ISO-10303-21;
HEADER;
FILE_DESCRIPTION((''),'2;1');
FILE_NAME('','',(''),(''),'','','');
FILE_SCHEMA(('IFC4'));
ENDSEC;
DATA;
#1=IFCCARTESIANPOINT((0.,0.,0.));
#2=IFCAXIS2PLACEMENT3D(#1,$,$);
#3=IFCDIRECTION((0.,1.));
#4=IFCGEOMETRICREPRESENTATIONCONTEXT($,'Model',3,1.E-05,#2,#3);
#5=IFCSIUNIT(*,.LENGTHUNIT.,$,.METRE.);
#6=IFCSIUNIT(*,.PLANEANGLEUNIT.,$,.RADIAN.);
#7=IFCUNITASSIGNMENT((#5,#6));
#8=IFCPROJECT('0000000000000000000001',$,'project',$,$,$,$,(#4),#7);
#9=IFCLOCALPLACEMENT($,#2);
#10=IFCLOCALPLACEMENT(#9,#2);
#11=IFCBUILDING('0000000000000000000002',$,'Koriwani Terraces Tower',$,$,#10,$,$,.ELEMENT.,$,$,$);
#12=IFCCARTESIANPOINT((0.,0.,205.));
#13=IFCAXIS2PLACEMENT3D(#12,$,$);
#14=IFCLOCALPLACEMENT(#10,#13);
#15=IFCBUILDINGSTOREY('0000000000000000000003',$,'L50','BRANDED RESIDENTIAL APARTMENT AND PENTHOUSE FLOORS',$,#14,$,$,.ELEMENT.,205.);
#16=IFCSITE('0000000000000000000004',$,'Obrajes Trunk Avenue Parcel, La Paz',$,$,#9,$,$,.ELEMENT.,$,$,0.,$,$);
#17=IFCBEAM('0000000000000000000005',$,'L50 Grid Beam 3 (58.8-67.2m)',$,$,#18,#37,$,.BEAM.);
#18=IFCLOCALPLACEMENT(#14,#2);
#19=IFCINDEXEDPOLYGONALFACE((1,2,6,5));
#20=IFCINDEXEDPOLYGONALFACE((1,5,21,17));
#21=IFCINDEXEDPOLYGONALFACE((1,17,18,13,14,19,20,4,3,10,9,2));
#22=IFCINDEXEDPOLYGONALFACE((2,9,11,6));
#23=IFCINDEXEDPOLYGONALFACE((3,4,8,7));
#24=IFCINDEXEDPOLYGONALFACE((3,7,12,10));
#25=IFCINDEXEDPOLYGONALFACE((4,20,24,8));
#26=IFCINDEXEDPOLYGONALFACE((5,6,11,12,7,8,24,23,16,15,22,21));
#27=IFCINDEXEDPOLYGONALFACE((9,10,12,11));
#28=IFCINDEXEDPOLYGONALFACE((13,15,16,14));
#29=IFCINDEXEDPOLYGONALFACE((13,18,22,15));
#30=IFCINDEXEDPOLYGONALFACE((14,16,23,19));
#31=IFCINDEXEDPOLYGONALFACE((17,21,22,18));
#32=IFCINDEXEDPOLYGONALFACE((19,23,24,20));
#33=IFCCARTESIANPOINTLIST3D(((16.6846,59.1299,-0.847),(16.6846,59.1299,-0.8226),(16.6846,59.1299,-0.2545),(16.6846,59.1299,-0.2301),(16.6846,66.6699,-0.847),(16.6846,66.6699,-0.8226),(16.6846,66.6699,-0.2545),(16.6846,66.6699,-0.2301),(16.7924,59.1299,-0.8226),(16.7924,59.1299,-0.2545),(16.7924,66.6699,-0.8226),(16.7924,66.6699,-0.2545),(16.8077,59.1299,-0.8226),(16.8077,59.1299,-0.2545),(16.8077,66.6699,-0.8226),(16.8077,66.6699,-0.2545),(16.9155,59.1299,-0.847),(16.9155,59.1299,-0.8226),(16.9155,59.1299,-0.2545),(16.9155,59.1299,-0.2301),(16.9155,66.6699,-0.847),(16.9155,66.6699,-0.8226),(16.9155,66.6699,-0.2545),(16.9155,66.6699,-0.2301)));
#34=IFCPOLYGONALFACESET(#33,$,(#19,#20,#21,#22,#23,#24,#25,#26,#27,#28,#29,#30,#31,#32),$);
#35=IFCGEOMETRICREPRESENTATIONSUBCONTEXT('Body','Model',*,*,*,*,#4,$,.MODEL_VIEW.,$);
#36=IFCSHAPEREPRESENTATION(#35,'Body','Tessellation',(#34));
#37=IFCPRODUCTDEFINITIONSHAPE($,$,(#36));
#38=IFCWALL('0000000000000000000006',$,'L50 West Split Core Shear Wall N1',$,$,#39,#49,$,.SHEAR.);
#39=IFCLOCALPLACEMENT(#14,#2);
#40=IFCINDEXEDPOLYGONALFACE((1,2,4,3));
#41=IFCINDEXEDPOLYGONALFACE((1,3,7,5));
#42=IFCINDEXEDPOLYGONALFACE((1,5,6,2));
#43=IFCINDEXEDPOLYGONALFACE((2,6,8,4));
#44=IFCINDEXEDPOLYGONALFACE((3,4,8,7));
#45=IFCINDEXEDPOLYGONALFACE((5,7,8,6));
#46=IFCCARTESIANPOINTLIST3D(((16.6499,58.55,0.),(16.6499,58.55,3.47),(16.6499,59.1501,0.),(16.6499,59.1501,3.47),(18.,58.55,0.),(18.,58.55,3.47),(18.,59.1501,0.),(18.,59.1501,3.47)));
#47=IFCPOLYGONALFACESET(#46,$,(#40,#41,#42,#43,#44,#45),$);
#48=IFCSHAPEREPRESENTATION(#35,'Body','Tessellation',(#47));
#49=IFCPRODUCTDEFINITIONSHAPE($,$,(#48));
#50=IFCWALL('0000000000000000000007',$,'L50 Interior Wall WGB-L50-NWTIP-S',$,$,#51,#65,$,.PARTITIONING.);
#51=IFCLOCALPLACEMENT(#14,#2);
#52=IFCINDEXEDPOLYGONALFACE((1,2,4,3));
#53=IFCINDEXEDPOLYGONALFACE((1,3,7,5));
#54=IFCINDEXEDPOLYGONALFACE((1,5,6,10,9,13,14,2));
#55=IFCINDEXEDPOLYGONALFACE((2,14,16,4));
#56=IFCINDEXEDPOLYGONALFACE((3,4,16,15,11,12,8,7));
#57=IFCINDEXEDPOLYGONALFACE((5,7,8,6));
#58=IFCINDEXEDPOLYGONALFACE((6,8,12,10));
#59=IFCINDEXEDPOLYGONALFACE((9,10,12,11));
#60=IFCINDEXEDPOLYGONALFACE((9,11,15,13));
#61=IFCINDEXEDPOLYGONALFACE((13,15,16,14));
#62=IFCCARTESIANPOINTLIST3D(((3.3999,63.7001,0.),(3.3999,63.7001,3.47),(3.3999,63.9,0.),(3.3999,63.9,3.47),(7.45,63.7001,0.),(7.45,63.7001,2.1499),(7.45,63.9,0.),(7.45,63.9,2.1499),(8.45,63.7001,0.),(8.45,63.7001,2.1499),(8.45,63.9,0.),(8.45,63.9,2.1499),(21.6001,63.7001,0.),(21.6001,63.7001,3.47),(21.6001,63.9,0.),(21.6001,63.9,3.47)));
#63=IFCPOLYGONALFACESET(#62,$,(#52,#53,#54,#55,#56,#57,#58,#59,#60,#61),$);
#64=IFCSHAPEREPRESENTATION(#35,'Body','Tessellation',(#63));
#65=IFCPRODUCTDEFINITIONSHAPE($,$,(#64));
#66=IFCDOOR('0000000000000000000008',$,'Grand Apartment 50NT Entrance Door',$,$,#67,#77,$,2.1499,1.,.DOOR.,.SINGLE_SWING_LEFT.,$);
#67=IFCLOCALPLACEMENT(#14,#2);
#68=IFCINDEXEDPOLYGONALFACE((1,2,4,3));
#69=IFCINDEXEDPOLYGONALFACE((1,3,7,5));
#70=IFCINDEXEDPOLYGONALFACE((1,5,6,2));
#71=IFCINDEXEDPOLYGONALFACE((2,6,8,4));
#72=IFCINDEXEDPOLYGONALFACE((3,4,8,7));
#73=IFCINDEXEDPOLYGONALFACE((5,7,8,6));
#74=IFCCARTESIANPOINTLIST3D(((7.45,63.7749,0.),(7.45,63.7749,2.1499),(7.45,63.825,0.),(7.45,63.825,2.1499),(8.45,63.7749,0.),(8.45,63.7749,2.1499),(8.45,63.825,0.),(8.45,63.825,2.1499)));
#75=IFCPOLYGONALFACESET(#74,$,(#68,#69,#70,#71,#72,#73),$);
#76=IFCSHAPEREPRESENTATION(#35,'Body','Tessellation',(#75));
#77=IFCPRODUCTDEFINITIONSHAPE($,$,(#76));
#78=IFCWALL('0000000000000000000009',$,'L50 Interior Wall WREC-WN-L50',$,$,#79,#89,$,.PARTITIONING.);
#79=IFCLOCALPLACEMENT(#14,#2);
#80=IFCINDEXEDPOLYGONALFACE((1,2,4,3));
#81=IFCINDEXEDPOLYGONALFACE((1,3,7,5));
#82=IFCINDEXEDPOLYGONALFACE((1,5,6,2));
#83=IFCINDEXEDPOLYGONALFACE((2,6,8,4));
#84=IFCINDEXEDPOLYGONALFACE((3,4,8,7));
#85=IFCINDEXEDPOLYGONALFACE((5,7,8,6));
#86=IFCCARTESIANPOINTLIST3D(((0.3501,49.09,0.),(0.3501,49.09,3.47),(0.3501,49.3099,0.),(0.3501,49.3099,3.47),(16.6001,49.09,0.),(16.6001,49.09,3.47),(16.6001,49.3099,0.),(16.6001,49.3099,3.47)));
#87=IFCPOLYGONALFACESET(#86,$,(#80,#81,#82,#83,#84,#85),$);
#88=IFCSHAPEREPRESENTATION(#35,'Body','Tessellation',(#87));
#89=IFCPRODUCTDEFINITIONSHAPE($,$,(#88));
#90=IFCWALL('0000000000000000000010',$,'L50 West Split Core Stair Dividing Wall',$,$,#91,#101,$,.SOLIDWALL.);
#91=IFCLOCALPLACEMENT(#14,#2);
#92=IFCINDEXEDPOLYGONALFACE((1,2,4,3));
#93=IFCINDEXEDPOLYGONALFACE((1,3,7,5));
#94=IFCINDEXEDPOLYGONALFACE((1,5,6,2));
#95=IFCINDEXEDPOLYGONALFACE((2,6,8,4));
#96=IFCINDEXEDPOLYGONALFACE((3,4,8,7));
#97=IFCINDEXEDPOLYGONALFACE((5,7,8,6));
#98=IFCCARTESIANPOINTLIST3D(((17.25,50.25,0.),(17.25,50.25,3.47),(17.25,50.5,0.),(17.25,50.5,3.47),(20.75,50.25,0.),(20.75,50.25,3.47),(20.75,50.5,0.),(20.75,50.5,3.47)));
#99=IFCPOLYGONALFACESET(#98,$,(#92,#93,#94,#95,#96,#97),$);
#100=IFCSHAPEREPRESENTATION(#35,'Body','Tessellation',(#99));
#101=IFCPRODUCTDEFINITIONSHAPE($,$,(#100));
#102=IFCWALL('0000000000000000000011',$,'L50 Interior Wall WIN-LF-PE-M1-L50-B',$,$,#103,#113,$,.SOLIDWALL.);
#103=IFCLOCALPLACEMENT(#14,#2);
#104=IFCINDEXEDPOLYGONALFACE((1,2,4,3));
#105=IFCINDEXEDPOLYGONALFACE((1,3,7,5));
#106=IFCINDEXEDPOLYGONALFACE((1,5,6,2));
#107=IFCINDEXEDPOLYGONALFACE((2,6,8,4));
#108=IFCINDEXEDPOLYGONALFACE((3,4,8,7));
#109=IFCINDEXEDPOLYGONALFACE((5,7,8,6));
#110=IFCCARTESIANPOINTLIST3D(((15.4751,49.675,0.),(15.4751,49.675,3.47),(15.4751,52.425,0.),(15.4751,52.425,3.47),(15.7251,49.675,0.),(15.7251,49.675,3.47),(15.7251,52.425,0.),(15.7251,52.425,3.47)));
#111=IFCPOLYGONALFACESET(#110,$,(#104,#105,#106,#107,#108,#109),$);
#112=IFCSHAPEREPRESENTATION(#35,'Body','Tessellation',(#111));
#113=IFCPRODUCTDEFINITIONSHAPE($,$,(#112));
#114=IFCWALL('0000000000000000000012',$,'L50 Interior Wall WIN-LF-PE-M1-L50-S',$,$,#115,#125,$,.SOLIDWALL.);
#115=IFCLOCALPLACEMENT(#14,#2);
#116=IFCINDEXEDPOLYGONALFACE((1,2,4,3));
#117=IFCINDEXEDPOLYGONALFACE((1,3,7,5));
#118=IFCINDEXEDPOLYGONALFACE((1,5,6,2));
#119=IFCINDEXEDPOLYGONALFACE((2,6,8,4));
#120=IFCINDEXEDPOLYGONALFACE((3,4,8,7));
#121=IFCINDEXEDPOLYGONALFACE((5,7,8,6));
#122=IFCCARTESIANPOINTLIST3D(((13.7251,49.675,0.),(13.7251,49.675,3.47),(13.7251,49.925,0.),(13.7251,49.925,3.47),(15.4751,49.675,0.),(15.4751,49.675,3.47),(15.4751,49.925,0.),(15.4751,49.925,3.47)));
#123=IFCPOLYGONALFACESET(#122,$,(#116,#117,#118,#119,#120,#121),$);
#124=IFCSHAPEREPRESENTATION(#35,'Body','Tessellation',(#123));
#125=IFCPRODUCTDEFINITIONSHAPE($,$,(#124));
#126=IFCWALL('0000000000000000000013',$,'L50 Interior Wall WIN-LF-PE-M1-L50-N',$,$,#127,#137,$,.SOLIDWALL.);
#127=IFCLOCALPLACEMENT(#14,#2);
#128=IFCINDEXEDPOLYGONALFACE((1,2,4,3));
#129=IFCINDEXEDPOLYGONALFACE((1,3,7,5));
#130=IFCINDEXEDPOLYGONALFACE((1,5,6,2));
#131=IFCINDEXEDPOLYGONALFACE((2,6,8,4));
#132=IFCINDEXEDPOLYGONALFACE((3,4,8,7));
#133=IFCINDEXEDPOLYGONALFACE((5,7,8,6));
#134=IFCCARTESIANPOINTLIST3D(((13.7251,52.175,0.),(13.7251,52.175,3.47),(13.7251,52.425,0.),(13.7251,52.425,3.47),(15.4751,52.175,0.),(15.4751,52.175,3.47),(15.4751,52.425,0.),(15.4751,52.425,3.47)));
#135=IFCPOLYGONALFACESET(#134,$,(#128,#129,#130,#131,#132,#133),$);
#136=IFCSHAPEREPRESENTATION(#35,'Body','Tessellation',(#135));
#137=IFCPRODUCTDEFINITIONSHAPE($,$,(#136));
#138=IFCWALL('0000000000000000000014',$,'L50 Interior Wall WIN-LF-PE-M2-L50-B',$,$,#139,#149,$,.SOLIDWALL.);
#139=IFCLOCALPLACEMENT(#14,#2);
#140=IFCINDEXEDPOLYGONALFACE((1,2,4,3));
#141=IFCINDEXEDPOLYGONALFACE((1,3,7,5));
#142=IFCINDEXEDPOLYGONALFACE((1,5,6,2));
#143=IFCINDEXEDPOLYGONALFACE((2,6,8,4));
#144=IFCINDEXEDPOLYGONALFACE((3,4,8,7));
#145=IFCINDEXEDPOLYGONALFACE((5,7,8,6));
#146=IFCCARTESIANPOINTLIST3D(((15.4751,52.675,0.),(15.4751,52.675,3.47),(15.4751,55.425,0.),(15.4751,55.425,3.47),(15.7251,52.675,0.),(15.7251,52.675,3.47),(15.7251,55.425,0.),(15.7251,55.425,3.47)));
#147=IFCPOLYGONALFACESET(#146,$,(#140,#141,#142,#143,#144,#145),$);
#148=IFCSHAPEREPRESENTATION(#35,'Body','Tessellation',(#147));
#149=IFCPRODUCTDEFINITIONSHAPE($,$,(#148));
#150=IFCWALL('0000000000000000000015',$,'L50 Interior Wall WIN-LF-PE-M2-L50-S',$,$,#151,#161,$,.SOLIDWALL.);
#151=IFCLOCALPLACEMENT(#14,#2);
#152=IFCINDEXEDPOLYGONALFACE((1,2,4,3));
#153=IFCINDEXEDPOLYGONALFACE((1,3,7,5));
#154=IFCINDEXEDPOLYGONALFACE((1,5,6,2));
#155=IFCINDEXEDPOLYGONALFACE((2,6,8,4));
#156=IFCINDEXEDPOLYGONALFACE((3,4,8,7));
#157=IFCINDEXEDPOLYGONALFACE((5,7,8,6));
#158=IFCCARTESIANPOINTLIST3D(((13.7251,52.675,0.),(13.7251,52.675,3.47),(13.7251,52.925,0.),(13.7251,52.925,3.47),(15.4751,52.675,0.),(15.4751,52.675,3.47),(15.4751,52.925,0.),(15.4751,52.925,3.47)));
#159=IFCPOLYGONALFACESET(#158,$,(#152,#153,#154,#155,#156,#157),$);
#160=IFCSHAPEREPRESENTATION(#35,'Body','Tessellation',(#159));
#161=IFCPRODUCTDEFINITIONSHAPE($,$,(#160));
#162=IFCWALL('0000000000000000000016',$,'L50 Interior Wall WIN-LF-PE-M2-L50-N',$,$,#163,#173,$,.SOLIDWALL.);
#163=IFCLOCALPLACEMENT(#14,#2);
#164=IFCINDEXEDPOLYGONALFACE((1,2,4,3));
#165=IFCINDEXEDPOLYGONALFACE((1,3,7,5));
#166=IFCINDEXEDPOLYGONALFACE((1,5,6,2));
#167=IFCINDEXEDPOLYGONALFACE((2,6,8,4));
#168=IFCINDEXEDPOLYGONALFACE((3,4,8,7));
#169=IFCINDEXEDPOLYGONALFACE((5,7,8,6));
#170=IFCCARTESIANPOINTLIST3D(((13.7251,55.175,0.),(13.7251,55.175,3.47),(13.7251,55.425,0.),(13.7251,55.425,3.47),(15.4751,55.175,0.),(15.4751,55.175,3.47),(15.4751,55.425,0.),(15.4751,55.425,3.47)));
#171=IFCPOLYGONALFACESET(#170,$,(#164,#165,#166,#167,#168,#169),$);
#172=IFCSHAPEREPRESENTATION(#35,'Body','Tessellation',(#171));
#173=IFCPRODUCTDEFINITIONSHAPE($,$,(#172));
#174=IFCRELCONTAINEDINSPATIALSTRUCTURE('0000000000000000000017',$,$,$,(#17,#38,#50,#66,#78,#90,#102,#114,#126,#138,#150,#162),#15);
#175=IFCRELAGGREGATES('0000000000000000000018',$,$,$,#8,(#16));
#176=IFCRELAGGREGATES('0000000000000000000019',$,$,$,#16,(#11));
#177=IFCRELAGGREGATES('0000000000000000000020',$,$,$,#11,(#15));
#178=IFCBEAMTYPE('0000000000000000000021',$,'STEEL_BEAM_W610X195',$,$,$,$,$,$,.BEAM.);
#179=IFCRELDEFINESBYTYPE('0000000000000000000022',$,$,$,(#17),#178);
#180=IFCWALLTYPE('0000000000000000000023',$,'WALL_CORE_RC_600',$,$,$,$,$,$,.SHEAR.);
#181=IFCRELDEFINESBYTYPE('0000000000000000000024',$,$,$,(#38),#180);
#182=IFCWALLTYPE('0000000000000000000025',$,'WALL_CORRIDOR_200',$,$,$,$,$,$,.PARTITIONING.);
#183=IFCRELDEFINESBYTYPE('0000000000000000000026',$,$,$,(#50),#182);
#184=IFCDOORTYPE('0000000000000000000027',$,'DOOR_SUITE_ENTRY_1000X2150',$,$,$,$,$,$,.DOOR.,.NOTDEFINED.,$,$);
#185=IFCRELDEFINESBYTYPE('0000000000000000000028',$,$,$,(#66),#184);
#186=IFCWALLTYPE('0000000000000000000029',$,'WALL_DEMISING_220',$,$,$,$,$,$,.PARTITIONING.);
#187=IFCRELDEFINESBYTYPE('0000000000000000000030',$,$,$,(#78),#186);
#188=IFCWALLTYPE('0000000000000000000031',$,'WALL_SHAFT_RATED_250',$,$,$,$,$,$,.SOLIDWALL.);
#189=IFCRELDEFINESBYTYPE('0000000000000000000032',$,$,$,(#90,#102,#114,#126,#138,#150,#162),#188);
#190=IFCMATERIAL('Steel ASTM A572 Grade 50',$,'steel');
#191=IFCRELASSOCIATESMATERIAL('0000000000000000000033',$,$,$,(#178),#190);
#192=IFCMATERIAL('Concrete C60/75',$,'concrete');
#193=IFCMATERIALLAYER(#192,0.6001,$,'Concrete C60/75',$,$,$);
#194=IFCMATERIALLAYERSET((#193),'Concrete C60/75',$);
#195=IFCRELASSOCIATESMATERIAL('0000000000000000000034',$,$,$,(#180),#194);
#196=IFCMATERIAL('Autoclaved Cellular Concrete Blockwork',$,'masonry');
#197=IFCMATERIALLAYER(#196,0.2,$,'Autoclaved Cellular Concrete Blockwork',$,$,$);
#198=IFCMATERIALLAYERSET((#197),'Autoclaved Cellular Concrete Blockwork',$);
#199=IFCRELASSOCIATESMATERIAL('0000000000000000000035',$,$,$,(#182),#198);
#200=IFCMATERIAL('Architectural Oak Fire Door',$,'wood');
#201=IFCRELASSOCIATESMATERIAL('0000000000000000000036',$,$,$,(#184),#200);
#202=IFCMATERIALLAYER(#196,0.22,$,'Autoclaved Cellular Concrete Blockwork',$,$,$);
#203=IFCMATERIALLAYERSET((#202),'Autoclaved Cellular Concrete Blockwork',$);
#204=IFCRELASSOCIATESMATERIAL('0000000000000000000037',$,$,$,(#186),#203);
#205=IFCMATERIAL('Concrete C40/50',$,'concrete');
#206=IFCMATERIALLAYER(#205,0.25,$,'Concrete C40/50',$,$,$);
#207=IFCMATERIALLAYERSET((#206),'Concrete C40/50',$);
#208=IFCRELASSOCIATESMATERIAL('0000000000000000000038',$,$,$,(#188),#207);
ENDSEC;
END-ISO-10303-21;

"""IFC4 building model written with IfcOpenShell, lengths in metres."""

from ifc_helpers import new_model, si_unit, direction, frame, frame_2d, origin, origin_2d, place, context, subcontext, project, spatial, rectangle, i_section, extrude, material, layer, layer_set, material_profile, profile_set, type_object, element, fill, save


model = new_model("IFC4")

# Units and contexts
model_context = context("Model", 3, precision=1e-05, world=origin(), true_north=direction((0.0, 1.0)))
body_context = subcontext(model_context, "Body", "Model", "MODEL_VIEW")
ifc_project = project(units=[si_unit("LENGTHUNIT", "METRE"), si_unit("PLANEANGLEUNIT", "RADIAN")], contexts=[model_context])

# Site, building, storey
site_placement = place(None, origin())
site = spatial("IfcSite", under=ifc_project, at=site_placement, Name="Obrajes Trunk Avenue Parcel, La Paz", CompositionType="ELEMENT", RefElevation=0.0)
building_placement = place(site_placement, origin())
building = spatial("IfcBuilding", under=site, at=building_placement, Name="Koriwani Terraces Tower", CompositionType="ELEMENT")
storey_placement = place(building_placement, frame((0.0, 0.0, 205.0)))
storey = spatial("IfcBuildingStorey", under=building, at=storey_placement, Name="L50", Description="BRANDED RESIDENTIAL APARTMENT AND PENTHOUSE FLOORS", CompositionType="ELEMENT", Elevation=205.0)

# Beam
ifc_material_1 = material(Name="Concrete C40/50", Category="concrete")
ifc_material_2 = material(Name="Steel ASTM A572 Grade 50", Category="steel")
ifc_material_profile_1 = material_profile(ifc_material_2, i_section(OverallWidth=0.231, OverallDepth=0.6169, WebThickness=0.0154, FlangeThickness=0.0244, at=origin_2d()), Name="Steel ASTM A572 Grade 50", Category="LoadBearing")
ifc_profile_set_1 = profile_set([ifc_material_profile_1], Name="Steel ASTM A572 Grade 50")
beam_type_1 = type_object("IfcBeamType", Name="STEEL_BEAM_W610X195", PredefinedType="BEAM", material=ifc_profile_set_1)
beam_1_placement = place(storey_placement, frame((16.8, 59.1299, -0.5386), z_axis=(0.0, 1.0, 0.0), x_axis=(-1.0, 0.0, 0.0)))
element("IfcBeam", 1, at=beam_1_placement, inside=storey, type_object=beam_type_1, Name="L50 Grid Beam 3 (58.8-67.2m)", PredefinedType="BEAM", context=body_context, shape_type="SweptSolid", body=[
    extrude(i_section(OverallWidth=0.231, OverallDepth=0.6169, WebThickness=0.0154, FlangeThickness=0.0244, at=origin_2d()), origin(), (0.0, 0.0, 1.0), 7.54),
])

# Wall
ifc_material_3 = material(Name="Concrete C60/75", Category="concrete")
ifc_layer_1 = layer(ifc_material_3, 0.6001, Name="Concrete C60/75")
ifc_layer_set_1 = layer_set([ifc_layer_1], Name="Concrete C60/75")
wall_type_1 = type_object("IfcWallType", Name="WALL_CORE_RC_600", PredefinedType="SHEAR", material=ifc_layer_set_1)
wall_1_placement = place(storey_placement, frame((16.6499, 58.8501, 0.0), z_axis=(0.0, 0.0, 1.0), x_axis=(1.0, 0.0, 0.0)))
element("IfcWall", 2, at=wall_1_placement, inside=storey, type_object=wall_type_1, Name="L50 West Split Core Shear Wall N1", PredefinedType="SHEAR", context=body_context, shape_type="SweptSolid", body=[
    extrude(rectangle(XDim=1.3501, YDim=0.6001, at=frame_2d((0.675, 0.0))), origin(), (0.0, 0.0, 1.0), 3.47),
])

# Wall, opening, door
ifc_material_4 = material(Name="Autoclaved Cellular Concrete Blockwork", Category="masonry")
ifc_layer_2 = layer(ifc_material_4, 0.2, Name="Autoclaved Cellular Concrete Blockwork")
ifc_layer_set_2 = layer_set([ifc_layer_2], Name="Autoclaved Cellular Concrete Blockwork")
wall_type_2 = type_object("IfcWallType", Name="WALL_CORRIDOR_200", PredefinedType="PARTITIONING", material=ifc_layer_set_2)
wall_2_placement = place(storey_placement, frame((3.3999, 63.8, 0.0), z_axis=(0.0, 0.0, 1.0), x_axis=(1.0, 0.0, 0.0)))
wall_2 = element("IfcWall", 3, at=wall_2_placement, inside=storey, type_object=wall_type_2, Name="L50 Interior Wall WGB-L50-NWTIP-S", PredefinedType="PARTITIONING", context=body_context, shape_type="SweptSolid", body=[
    extrude(rectangle(XDim=18.2002, YDim=0.2, at=frame_2d((9.1001, 0.0))), origin(), (0.0, 0.0, 1.0), 3.47),
])
opening_1_placement = place(wall_2_placement, frame((4.05, 0.0, 0.0)))
opening_1 = element("IfcOpeningElement", 4, at=opening_1_placement, cuts=wall_2, PredefinedType="OPENING", context=body_context, shape_type="SweptSolid", body=[
    extrude(rectangle(XDim=1.0, YDim=2.1499, at=frame_2d((0.5, 1.075))), frame((0.0, 0.1099, 0.0), z_axis=(0.0, -1.0, 0.0), x_axis=(1.0, 0.0, 0.0)), (0.0, 0.0, 1.0), 0.22),
])
ifc_material_5 = material(Name="Architectural Oak Fire Door", Category="wood")
door_type_1 = type_object("IfcDoorType", Name="DOOR_SUITE_ENTRY_1000X2150", OperationType="NOTDEFINED", PredefinedType="DOOR", material=ifc_material_5)
door_1_placement = place(opening_1_placement, origin())
door_1 = element("IfcDoor", 5, at=door_1_placement, inside=storey, type_object=door_type_1, Name="Grand Apartment 50NT Entrance Door", OperationType="SINGLE_SWING_LEFT", OverallHeight=2.1499, OverallWidth=1.0, PredefinedType="DOOR", context=body_context, shape_type="SweptSolid", body=[
    extrude(rectangle(XDim=1.0, YDim=2.1499, at=frame_2d((0.5, 1.075))), frame((0.0, 0.0249, 0.0), z_axis=(0.0, -1.0, 0.0), x_axis=(1.0, 0.0, 0.0)), (0.0, 0.0, 1.0), 0.05),
])
fill(opening_1, door_1)

# Walls
ifc_layer_3 = layer(ifc_material_4, 0.22, Name="Autoclaved Cellular Concrete Blockwork")
ifc_layer_set_3 = layer_set([ifc_layer_3], Name="Autoclaved Cellular Concrete Blockwork")
wall_type_3 = type_object("IfcWallType", Name="WALL_DEMISING_220", PredefinedType="PARTITIONING", material=ifc_layer_set_3)
wall_3_placement = place(storey_placement, frame((0.3501, 49.2, 0.0), z_axis=(0.0, 0.0, 1.0), x_axis=(1.0, 0.0, 0.0)))
element("IfcWall", 6, at=wall_3_placement, inside=storey, type_object=wall_type_3, Name="L50 Interior Wall WREC-WN-L50", PredefinedType="PARTITIONING", context=body_context, shape_type="SweptSolid", body=[
    extrude(rectangle(XDim=16.25, YDim=0.22, at=frame_2d((8.125, 0.0))), origin(), (0.0, 0.0, 1.0), 3.47),
])
ifc_layer_4 = layer(ifc_material_1, 0.25, Name="Concrete C40/50")
ifc_layer_set_4 = layer_set([ifc_layer_4], Name="Concrete C40/50")
wall_type_4 = type_object("IfcWallType", Name="WALL_SHAFT_RATED_250", PredefinedType="SOLIDWALL", material=ifc_layer_set_4)
wall_4_placement = place(storey_placement, frame((17.25, 50.375, 0.0), z_axis=(0.0, 0.0, 1.0), x_axis=(1.0, 0.0, 0.0)))
element("IfcWall", 7, at=wall_4_placement, inside=storey, type_object=wall_type_4, Name="L50 West Split Core Stair Dividing Wall", PredefinedType="SOLIDWALL", context=body_context, shape_type="SweptSolid", body=[
    extrude(rectangle(XDim=3.5, YDim=0.25, at=frame_2d((1.75, 0.0))), origin(), (0.0, 0.0, 1.0), 3.47),
])

# Walls
wall_5_placement = place(storey_placement, frame((15.6001, 49.675, 0.0), z_axis=(0.0, 0.0, 1.0), x_axis=(0.0, 1.0, 0.0)))
element("IfcWall", 8, at=wall_5_placement, inside=storey, type_object=wall_type_4, Name="L50 Interior Wall WIN-LF-PE-M1-L50-B", PredefinedType="SOLIDWALL", context=body_context, shape_type="SweptSolid", body=[
    extrude(rectangle(XDim=2.75, YDim=0.25, at=frame_2d((1.375, 0.0))), origin(), (0.0, 0.0, 1.0), 3.47),
])
for number, where, z_axis, x_axis, name in (
    (9, (13.7251, 49.8, 0.0), (0.0, 0.0, 1.0), (1.0, 0.0, 0.0), "L50 Interior Wall WIN-LF-PE-M1-L50-S"),
    (10, (13.7251, 52.3, 0.0), (0.0, 0.0, 1.0), (1.0, 0.0, 0.0), "L50 Interior Wall WIN-LF-PE-M1-L50-N"),
):
    element("IfcWall", number, at=place(storey_placement, frame(where, z_axis=z_axis, x_axis=x_axis)), inside=storey, type_object=wall_type_4, Name=name, PredefinedType="SOLIDWALL", context=body_context, shape_type="SweptSolid", body=[
        extrude(rectangle(XDim=1.75, YDim=0.25, at=frame_2d((0.875, 0.0))), origin(), (0.0, 0.0, 1.0), 3.47),
    ])

# Walls
wall_6_placement = place(storey_placement, frame((15.6001, 52.675, 0.0), z_axis=(0.0, 0.0, 1.0), x_axis=(0.0, 1.0, 0.0)))
element("IfcWall", 11, at=wall_6_placement, inside=storey, type_object=wall_type_4, Name="L50 Interior Wall WIN-LF-PE-M2-L50-B", PredefinedType="SOLIDWALL", context=body_context, shape_type="SweptSolid", body=[
    extrude(rectangle(XDim=2.75, YDim=0.25, at=frame_2d((1.375, 0.0))), origin(), (0.0, 0.0, 1.0), 3.47),
])
for number, where, z_axis, x_axis, name in (
    (12, (13.7251, 52.8, 0.0), (0.0, 0.0, 1.0), (1.0, 0.0, 0.0), "L50 Interior Wall WIN-LF-PE-M2-L50-S"),
    (13, (13.7251, 55.3, 0.0), (0.0, 0.0, 1.0), (1.0, 0.0, 0.0), "L50 Interior Wall WIN-LF-PE-M2-L50-N"),
):
    element("IfcWall", number, at=place(storey_placement, frame(where, z_axis=z_axis, x_axis=x_axis)), inside=storey, type_object=wall_type_4, Name=name, PredefinedType="SOLIDWALL", context=body_context, shape_type="SweptSolid", body=[
        extrude(rectangle(XDim=1.75, YDim=0.25, at=frame_2d((0.875, 0.0))), origin(), (0.0, 0.0, 1.0), 3.47),
    ])

save(model, "model.ifc")
